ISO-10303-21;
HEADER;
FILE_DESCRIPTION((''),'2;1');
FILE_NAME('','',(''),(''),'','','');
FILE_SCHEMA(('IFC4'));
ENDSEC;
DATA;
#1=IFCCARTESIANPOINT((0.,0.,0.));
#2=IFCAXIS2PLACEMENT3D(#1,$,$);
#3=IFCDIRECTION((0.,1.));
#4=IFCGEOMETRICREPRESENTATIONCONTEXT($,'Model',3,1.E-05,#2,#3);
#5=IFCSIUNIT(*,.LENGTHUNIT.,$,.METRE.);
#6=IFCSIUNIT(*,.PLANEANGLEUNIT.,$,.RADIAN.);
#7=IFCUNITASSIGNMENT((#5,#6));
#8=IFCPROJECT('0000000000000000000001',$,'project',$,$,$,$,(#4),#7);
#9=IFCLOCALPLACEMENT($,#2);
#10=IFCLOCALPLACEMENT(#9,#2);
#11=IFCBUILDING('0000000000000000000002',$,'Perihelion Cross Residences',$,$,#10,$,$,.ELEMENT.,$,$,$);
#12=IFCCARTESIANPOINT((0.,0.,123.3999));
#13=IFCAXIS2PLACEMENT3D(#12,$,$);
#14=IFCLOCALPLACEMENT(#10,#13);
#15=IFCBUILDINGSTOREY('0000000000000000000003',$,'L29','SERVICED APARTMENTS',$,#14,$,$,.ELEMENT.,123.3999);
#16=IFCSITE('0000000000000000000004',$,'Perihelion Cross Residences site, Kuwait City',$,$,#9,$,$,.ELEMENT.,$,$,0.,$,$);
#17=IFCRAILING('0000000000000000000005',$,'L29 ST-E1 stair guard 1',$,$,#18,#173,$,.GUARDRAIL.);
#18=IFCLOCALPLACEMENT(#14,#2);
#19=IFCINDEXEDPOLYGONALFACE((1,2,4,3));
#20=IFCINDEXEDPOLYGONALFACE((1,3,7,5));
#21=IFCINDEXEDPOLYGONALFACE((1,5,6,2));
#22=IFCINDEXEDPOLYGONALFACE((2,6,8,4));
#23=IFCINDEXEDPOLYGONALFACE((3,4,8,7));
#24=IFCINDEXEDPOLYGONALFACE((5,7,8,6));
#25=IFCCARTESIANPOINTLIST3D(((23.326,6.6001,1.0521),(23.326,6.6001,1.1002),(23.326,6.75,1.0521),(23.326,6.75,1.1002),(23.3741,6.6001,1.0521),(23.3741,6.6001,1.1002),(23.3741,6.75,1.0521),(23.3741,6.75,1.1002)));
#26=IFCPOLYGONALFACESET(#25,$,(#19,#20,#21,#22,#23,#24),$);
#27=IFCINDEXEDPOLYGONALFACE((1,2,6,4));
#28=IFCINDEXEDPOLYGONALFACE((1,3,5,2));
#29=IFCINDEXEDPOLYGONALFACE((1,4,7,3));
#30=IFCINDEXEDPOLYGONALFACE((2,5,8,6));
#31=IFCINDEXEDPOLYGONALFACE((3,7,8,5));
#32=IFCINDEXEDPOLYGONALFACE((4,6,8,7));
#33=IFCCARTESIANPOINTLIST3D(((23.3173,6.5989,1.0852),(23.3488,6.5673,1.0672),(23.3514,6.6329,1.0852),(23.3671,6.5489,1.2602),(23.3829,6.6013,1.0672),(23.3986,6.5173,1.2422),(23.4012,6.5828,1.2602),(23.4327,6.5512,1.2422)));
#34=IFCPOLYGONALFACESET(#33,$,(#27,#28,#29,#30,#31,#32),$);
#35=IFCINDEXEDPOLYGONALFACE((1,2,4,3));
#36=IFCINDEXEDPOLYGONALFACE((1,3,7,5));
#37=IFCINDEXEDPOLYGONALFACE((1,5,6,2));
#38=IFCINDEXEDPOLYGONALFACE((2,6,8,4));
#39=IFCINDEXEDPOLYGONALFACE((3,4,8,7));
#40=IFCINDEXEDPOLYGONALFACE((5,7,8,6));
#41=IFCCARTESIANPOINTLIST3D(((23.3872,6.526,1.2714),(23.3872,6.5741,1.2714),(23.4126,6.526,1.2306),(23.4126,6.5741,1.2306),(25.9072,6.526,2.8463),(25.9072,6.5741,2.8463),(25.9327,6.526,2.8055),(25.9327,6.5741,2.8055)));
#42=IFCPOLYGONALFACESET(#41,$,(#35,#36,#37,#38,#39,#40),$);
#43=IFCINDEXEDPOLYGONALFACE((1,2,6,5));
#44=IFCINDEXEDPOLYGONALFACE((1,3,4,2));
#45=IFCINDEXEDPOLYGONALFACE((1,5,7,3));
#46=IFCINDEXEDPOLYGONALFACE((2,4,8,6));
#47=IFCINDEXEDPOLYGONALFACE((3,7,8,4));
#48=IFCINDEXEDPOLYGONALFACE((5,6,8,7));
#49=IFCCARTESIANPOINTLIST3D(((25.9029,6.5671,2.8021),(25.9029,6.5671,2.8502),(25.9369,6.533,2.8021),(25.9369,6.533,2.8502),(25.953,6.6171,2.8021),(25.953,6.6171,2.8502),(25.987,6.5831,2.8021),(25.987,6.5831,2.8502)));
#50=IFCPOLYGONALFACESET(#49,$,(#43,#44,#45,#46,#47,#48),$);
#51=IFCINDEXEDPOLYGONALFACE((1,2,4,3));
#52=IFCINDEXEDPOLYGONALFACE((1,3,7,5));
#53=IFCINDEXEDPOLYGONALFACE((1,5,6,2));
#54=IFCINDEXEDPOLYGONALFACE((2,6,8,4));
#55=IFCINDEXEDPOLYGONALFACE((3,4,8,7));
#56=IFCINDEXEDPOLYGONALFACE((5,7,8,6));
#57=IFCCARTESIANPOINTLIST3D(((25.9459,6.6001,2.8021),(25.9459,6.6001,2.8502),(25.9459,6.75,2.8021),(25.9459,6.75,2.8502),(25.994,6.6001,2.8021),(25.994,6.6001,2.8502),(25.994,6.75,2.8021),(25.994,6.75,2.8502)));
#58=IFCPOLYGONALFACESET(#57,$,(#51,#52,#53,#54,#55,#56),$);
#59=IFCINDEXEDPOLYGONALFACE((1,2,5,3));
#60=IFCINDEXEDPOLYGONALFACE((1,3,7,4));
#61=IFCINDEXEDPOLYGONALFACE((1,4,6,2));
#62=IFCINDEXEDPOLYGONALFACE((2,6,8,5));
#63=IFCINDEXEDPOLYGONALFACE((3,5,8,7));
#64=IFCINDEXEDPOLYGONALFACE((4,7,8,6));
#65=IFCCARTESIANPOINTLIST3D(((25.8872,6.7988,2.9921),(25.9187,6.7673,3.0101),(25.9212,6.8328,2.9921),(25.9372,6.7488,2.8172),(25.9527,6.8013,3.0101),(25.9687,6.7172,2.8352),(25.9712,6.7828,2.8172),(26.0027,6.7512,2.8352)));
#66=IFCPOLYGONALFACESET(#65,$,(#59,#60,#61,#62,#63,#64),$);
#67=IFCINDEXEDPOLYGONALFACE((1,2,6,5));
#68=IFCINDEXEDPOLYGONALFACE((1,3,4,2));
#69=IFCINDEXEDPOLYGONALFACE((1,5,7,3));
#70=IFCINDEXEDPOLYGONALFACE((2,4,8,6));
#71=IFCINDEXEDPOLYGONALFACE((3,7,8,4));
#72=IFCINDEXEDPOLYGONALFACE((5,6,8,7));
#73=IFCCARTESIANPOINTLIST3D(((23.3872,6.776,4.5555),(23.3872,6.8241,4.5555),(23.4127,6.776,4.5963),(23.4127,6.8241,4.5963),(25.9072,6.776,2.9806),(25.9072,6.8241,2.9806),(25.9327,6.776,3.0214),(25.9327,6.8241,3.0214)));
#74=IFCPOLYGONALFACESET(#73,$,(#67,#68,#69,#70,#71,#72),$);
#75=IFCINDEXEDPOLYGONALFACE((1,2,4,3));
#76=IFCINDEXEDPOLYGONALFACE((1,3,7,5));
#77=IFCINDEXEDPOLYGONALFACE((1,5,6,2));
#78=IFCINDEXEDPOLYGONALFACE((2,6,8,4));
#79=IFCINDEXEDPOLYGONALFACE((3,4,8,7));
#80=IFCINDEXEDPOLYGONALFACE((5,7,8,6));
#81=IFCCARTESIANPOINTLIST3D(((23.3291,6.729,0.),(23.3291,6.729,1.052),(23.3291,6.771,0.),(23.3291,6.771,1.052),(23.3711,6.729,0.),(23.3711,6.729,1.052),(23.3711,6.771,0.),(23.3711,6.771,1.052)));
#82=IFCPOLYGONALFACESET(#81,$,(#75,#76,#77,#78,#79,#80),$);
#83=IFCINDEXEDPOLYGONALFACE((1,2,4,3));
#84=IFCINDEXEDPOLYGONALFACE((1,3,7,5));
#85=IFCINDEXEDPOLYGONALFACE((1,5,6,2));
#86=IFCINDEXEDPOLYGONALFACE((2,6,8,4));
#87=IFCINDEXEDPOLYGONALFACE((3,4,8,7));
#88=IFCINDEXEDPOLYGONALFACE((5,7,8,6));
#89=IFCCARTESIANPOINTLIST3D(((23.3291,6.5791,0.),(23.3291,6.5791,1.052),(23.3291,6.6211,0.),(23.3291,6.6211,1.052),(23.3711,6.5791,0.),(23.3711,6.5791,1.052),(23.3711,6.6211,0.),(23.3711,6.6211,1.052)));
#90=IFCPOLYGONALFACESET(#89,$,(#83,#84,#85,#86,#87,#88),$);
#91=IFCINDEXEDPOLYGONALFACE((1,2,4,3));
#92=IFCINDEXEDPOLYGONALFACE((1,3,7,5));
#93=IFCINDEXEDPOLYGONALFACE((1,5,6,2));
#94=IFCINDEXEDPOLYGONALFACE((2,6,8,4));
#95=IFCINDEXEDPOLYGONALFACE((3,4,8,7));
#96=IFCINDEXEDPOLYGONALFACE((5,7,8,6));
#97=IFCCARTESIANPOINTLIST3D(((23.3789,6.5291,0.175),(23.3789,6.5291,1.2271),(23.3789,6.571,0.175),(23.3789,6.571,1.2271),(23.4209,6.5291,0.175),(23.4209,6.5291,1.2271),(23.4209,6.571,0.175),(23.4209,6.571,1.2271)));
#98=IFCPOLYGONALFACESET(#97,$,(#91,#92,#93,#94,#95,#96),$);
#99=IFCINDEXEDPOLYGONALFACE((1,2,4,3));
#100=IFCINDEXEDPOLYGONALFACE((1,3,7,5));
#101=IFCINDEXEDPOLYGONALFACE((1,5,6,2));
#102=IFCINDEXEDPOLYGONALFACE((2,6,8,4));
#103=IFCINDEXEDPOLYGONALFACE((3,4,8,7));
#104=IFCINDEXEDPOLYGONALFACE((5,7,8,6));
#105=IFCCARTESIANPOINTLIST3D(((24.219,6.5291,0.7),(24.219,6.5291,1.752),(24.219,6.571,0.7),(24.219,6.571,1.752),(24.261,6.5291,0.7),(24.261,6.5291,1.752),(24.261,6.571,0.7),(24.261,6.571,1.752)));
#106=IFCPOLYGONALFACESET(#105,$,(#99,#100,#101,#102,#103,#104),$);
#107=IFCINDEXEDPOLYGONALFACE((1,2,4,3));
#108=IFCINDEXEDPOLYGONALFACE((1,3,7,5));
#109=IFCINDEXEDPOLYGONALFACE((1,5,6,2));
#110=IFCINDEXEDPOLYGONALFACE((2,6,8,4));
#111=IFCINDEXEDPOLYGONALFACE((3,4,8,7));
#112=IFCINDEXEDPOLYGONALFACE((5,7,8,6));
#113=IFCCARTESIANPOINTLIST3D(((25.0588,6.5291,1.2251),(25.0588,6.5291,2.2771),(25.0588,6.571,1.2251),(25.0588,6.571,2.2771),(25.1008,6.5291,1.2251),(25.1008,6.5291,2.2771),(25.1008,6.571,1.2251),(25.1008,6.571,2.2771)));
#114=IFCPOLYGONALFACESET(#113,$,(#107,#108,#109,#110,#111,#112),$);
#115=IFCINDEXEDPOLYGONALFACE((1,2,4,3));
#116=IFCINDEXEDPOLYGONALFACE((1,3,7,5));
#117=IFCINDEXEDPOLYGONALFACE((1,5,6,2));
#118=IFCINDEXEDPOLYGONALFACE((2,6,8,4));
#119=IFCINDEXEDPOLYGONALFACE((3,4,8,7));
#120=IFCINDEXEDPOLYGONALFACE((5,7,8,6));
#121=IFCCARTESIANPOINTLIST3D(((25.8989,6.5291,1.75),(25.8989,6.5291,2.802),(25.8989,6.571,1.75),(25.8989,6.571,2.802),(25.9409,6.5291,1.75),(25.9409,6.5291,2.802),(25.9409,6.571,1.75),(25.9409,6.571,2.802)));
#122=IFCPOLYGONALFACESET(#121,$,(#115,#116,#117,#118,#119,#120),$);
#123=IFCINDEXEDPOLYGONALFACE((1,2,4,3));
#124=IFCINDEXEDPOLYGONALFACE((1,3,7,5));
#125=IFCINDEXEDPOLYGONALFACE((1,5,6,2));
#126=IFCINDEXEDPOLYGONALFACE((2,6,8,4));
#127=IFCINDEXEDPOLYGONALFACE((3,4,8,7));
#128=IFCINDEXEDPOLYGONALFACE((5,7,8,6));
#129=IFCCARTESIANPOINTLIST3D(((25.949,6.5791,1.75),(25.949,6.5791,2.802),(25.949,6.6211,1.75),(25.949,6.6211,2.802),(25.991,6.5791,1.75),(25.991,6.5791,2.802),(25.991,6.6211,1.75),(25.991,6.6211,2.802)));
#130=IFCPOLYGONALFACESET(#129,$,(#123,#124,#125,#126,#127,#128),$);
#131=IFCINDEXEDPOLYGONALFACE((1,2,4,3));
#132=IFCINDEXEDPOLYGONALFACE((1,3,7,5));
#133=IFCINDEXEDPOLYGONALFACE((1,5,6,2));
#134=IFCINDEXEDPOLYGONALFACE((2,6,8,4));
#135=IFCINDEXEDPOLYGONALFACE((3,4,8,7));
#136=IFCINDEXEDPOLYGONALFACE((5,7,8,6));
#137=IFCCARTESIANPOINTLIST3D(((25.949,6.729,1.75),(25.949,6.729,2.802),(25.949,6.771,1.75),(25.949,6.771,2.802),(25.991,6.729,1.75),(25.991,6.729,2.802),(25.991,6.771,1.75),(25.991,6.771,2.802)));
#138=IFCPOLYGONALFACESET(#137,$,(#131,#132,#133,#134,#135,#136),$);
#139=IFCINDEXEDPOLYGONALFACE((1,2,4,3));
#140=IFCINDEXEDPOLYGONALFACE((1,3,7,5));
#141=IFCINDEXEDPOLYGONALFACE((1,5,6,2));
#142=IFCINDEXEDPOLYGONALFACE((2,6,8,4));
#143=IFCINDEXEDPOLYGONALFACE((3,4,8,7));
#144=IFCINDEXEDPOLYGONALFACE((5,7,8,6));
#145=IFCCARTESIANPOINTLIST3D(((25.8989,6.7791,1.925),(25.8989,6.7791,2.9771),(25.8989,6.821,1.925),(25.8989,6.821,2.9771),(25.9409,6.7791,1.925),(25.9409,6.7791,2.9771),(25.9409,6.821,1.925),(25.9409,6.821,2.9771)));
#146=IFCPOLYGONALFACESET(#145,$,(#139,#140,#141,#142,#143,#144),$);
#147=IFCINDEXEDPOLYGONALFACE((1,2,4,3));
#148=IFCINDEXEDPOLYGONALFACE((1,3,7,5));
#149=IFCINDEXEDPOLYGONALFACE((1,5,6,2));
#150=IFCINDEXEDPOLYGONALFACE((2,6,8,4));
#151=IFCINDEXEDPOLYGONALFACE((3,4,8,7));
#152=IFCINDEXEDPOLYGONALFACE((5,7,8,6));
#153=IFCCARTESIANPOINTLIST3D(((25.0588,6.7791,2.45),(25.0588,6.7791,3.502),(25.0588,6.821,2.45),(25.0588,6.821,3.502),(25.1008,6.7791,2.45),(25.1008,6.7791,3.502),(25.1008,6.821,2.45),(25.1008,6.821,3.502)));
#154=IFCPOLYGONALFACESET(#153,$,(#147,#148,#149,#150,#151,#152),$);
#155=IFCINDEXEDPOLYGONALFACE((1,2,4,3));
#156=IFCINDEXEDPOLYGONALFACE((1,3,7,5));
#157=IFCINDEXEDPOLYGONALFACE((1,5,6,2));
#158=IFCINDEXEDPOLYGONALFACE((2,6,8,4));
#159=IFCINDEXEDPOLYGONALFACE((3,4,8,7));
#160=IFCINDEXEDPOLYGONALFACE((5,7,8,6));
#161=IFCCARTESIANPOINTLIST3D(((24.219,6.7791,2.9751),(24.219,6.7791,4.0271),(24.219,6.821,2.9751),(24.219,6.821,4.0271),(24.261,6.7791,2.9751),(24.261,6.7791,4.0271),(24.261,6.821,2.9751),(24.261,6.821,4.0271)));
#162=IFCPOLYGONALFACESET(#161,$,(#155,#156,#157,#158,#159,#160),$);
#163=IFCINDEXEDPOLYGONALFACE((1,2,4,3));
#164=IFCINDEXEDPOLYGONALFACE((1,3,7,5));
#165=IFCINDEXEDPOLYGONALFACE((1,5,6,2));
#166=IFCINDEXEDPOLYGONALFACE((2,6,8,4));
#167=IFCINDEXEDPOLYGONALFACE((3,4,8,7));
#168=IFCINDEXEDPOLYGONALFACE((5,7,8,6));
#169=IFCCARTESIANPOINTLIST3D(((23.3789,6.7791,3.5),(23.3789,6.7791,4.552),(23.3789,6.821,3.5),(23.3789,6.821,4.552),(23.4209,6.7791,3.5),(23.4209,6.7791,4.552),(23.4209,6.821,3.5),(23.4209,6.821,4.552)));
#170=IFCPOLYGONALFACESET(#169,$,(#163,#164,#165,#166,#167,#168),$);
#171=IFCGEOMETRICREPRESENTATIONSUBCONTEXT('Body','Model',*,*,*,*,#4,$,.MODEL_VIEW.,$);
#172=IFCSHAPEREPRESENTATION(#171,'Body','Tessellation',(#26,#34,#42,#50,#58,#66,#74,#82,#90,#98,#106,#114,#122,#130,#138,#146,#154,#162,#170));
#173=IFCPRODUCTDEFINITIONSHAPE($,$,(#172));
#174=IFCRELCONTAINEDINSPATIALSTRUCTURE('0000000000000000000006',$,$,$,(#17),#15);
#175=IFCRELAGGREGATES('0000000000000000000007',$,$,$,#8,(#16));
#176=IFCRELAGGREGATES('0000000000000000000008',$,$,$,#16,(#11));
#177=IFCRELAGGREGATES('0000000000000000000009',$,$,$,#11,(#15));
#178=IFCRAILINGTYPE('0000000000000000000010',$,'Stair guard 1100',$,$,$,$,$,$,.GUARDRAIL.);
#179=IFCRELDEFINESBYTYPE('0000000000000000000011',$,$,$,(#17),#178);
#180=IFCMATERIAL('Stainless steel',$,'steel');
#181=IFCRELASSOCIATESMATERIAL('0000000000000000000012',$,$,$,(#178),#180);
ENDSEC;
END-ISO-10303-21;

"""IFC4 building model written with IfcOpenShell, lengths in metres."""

from ifc_helpers import new_model, si_unit, direction, frame, origin, origin_2d, place, context, subcontext, project, spatial, rectangle, extrude, material, type_object, element, save


model = new_model("IFC4")

# Units and contexts
model_context = context("Model", 3, precision=1e-05, world=origin(), true_north=direction((0.0, 1.0)))
body_context = subcontext(model_context, "Body", "Model", "MODEL_VIEW")
ifc_project = project(units=[si_unit("LENGTHUNIT", "METRE"), si_unit("PLANEANGLEUNIT", "RADIAN")], contexts=[model_context])

# Site, building, storey
site_placement = place(None, origin())
site = spatial("IfcSite", under=ifc_project, at=site_placement, Name="Perihelion Cross Residences site, Kuwait City", CompositionType="ELEMENT", RefElevation=0.0)
building_placement = place(site_placement, origin())
building = spatial("IfcBuilding", under=site, at=building_placement, Name="Perihelion Cross Residences", CompositionType="ELEMENT")
storey_placement = place(building_placement, frame((0.0, 0.0, 123.3999)))
storey = spatial("IfcBuildingStorey", under=building, at=storey_placement, Name="L29", Description="SERVICED APARTMENTS", CompositionType="ELEMENT", Elevation=123.3999)

# Railing
ifc_material_1 = material(Name="Stainless steel", Category="steel")
railing_type_1 = type_object("IfcRailingType", Name="Stair guard 1100", PredefinedType="GUARDRAIL", material=ifc_material_1)
railing_1_placement = place(storey_placement, frame((23.3501, 6.75, 0.0)))
element("IfcRailing", 1, at=railing_1_placement, inside=storey, type_object=railing_type_1, Name="L29 ST-E1 stair guard 1", PredefinedType="GUARDRAIL", context=body_context, shape_type="SweptSolid", body=[
    extrude(rectangle(XDim=0.0481, YDim=0.0481, at=origin_2d()), frame((0.0, 0.0, 1.0762), z_axis=(0.0, -1.0, 0.0), x_axis=(1.0, 0.0, 0.0)), (0.0, 0.0, 1.0), 0.1499),
    extrude(rectangle(XDim=0.0481, YDim=0.0481, at=origin_2d()), frame((0.0, -0.1499, 1.0762), z_axis=(0.263862, -0.265156, 0.927399), x_axis=(0.708834, 0.705376, 0.0)), (0.0, 0.0, 1.0), 0.1887),
    extrude(rectangle(XDim=0.0481, YDim=0.0481, at=origin_2d()), frame((0.0498, -0.2, 1.251), z_axis=(0.848008, 0.0, 0.529984), x_axis=(0.0, 1.0, 0.0)), (0.0, 0.0, 1.0), 2.9717),
    extrude(rectangle(XDim=0.0481, YDim=0.0481, at=origin_2d()), frame((2.5698, -0.2, 2.8262), z_axis=(0.707107, 0.707107, 0.0), x_axis=(-0.707107, 0.707107, 0.0)), (0.0, 0.0, 1.0), 0.0708),
    extrude(rectangle(XDim=0.0481, YDim=0.0481, at=origin_2d()), frame((2.6199, -0.1499, 2.8262), z_axis=(0.0, 1.0, 0.0), x_axis=(-1.0, 0.0, 0.0)), (0.0, 0.0, 1.0), 0.1499),
    extrude(rectangle(XDim=0.0481, YDim=0.0481, at=origin_2d()), frame((2.6199, 0.0, 2.8262), z_axis=(-0.265065, 0.265065, 0.927082), x_axis=(-0.707107, -0.707107, 0.0)), (0.0, 0.0, 1.0), 0.1887),
    extrude(rectangle(XDim=0.0481, YDim=0.0481, at=origin_2d()), frame((2.5698, 0.05, 3.001), z_axis=(-0.848008, 0.0, 0.529984), x_axis=(0.0, -1.0, 0.0)), (0.0, 0.0, 1.0), 2.9717),
    extrude(rectangle(XDim=0.042, YDim=0.042, at=origin_2d()), origin(), (0.0, 0.0, 1.0), 1.052),
    extrude(rectangle(XDim=0.042, YDim=0.042, at=origin_2d()), frame((0.0, -0.1499, 0.0)), (0.0, 0.0, 1.0), 1.052),
    extrude(rectangle(XDim=0.042, YDim=0.042, at=origin_2d()), frame((0.0498, -0.2, 0.175)), (0.0, 0.0, 1.0), 1.052),
    extrude(rectangle(XDim=0.042, YDim=0.042, at=origin_2d()), frame((0.8899, -0.2, 0.7)), (0.0, 0.0, 1.0), 1.052),
    extrude(rectangle(XDim=0.042, YDim=0.042, at=origin_2d()), frame((1.7297, -0.2, 1.2251)), (0.0, 0.0, 1.0), 1.052),
    extrude(rectangle(XDim=0.042, YDim=0.042, at=origin_2d()), frame((2.5698, -0.2, 1.75)), (0.0, 0.0, 1.0), 1.052),
    extrude(rectangle(XDim=0.042, YDim=0.042, at=origin_2d()), frame((2.6199, -0.1499, 1.75)), (0.0, 0.0, 1.0), 1.052),
    extrude(rectangle(XDim=0.042, YDim=0.042, at=origin_2d()), frame((2.6199, 0.0, 1.75)), (0.0, 0.0, 1.0), 1.052),
    extrude(rectangle(XDim=0.042, YDim=0.042, at=origin_2d()), frame((2.5698, 0.05, 1.925)), (0.0, 0.0, 1.0), 1.052),
    extrude(rectangle(XDim=0.042, YDim=0.042, at=origin_2d()), frame((1.7297, 0.05, 2.45)), (0.0, 0.0, 1.0), 1.052),
    extrude(rectangle(XDim=0.042, YDim=0.042, at=origin_2d()), frame((0.8899, 0.05, 2.9751)), (0.0, 0.0, 1.0), 1.052),
    extrude(rectangle(XDim=0.042, YDim=0.042, at=origin_2d()), frame((0.0498, 0.05, 3.5)), (0.0, 0.0, 1.0), 1.052),
])

save(model, "model.ifc")
